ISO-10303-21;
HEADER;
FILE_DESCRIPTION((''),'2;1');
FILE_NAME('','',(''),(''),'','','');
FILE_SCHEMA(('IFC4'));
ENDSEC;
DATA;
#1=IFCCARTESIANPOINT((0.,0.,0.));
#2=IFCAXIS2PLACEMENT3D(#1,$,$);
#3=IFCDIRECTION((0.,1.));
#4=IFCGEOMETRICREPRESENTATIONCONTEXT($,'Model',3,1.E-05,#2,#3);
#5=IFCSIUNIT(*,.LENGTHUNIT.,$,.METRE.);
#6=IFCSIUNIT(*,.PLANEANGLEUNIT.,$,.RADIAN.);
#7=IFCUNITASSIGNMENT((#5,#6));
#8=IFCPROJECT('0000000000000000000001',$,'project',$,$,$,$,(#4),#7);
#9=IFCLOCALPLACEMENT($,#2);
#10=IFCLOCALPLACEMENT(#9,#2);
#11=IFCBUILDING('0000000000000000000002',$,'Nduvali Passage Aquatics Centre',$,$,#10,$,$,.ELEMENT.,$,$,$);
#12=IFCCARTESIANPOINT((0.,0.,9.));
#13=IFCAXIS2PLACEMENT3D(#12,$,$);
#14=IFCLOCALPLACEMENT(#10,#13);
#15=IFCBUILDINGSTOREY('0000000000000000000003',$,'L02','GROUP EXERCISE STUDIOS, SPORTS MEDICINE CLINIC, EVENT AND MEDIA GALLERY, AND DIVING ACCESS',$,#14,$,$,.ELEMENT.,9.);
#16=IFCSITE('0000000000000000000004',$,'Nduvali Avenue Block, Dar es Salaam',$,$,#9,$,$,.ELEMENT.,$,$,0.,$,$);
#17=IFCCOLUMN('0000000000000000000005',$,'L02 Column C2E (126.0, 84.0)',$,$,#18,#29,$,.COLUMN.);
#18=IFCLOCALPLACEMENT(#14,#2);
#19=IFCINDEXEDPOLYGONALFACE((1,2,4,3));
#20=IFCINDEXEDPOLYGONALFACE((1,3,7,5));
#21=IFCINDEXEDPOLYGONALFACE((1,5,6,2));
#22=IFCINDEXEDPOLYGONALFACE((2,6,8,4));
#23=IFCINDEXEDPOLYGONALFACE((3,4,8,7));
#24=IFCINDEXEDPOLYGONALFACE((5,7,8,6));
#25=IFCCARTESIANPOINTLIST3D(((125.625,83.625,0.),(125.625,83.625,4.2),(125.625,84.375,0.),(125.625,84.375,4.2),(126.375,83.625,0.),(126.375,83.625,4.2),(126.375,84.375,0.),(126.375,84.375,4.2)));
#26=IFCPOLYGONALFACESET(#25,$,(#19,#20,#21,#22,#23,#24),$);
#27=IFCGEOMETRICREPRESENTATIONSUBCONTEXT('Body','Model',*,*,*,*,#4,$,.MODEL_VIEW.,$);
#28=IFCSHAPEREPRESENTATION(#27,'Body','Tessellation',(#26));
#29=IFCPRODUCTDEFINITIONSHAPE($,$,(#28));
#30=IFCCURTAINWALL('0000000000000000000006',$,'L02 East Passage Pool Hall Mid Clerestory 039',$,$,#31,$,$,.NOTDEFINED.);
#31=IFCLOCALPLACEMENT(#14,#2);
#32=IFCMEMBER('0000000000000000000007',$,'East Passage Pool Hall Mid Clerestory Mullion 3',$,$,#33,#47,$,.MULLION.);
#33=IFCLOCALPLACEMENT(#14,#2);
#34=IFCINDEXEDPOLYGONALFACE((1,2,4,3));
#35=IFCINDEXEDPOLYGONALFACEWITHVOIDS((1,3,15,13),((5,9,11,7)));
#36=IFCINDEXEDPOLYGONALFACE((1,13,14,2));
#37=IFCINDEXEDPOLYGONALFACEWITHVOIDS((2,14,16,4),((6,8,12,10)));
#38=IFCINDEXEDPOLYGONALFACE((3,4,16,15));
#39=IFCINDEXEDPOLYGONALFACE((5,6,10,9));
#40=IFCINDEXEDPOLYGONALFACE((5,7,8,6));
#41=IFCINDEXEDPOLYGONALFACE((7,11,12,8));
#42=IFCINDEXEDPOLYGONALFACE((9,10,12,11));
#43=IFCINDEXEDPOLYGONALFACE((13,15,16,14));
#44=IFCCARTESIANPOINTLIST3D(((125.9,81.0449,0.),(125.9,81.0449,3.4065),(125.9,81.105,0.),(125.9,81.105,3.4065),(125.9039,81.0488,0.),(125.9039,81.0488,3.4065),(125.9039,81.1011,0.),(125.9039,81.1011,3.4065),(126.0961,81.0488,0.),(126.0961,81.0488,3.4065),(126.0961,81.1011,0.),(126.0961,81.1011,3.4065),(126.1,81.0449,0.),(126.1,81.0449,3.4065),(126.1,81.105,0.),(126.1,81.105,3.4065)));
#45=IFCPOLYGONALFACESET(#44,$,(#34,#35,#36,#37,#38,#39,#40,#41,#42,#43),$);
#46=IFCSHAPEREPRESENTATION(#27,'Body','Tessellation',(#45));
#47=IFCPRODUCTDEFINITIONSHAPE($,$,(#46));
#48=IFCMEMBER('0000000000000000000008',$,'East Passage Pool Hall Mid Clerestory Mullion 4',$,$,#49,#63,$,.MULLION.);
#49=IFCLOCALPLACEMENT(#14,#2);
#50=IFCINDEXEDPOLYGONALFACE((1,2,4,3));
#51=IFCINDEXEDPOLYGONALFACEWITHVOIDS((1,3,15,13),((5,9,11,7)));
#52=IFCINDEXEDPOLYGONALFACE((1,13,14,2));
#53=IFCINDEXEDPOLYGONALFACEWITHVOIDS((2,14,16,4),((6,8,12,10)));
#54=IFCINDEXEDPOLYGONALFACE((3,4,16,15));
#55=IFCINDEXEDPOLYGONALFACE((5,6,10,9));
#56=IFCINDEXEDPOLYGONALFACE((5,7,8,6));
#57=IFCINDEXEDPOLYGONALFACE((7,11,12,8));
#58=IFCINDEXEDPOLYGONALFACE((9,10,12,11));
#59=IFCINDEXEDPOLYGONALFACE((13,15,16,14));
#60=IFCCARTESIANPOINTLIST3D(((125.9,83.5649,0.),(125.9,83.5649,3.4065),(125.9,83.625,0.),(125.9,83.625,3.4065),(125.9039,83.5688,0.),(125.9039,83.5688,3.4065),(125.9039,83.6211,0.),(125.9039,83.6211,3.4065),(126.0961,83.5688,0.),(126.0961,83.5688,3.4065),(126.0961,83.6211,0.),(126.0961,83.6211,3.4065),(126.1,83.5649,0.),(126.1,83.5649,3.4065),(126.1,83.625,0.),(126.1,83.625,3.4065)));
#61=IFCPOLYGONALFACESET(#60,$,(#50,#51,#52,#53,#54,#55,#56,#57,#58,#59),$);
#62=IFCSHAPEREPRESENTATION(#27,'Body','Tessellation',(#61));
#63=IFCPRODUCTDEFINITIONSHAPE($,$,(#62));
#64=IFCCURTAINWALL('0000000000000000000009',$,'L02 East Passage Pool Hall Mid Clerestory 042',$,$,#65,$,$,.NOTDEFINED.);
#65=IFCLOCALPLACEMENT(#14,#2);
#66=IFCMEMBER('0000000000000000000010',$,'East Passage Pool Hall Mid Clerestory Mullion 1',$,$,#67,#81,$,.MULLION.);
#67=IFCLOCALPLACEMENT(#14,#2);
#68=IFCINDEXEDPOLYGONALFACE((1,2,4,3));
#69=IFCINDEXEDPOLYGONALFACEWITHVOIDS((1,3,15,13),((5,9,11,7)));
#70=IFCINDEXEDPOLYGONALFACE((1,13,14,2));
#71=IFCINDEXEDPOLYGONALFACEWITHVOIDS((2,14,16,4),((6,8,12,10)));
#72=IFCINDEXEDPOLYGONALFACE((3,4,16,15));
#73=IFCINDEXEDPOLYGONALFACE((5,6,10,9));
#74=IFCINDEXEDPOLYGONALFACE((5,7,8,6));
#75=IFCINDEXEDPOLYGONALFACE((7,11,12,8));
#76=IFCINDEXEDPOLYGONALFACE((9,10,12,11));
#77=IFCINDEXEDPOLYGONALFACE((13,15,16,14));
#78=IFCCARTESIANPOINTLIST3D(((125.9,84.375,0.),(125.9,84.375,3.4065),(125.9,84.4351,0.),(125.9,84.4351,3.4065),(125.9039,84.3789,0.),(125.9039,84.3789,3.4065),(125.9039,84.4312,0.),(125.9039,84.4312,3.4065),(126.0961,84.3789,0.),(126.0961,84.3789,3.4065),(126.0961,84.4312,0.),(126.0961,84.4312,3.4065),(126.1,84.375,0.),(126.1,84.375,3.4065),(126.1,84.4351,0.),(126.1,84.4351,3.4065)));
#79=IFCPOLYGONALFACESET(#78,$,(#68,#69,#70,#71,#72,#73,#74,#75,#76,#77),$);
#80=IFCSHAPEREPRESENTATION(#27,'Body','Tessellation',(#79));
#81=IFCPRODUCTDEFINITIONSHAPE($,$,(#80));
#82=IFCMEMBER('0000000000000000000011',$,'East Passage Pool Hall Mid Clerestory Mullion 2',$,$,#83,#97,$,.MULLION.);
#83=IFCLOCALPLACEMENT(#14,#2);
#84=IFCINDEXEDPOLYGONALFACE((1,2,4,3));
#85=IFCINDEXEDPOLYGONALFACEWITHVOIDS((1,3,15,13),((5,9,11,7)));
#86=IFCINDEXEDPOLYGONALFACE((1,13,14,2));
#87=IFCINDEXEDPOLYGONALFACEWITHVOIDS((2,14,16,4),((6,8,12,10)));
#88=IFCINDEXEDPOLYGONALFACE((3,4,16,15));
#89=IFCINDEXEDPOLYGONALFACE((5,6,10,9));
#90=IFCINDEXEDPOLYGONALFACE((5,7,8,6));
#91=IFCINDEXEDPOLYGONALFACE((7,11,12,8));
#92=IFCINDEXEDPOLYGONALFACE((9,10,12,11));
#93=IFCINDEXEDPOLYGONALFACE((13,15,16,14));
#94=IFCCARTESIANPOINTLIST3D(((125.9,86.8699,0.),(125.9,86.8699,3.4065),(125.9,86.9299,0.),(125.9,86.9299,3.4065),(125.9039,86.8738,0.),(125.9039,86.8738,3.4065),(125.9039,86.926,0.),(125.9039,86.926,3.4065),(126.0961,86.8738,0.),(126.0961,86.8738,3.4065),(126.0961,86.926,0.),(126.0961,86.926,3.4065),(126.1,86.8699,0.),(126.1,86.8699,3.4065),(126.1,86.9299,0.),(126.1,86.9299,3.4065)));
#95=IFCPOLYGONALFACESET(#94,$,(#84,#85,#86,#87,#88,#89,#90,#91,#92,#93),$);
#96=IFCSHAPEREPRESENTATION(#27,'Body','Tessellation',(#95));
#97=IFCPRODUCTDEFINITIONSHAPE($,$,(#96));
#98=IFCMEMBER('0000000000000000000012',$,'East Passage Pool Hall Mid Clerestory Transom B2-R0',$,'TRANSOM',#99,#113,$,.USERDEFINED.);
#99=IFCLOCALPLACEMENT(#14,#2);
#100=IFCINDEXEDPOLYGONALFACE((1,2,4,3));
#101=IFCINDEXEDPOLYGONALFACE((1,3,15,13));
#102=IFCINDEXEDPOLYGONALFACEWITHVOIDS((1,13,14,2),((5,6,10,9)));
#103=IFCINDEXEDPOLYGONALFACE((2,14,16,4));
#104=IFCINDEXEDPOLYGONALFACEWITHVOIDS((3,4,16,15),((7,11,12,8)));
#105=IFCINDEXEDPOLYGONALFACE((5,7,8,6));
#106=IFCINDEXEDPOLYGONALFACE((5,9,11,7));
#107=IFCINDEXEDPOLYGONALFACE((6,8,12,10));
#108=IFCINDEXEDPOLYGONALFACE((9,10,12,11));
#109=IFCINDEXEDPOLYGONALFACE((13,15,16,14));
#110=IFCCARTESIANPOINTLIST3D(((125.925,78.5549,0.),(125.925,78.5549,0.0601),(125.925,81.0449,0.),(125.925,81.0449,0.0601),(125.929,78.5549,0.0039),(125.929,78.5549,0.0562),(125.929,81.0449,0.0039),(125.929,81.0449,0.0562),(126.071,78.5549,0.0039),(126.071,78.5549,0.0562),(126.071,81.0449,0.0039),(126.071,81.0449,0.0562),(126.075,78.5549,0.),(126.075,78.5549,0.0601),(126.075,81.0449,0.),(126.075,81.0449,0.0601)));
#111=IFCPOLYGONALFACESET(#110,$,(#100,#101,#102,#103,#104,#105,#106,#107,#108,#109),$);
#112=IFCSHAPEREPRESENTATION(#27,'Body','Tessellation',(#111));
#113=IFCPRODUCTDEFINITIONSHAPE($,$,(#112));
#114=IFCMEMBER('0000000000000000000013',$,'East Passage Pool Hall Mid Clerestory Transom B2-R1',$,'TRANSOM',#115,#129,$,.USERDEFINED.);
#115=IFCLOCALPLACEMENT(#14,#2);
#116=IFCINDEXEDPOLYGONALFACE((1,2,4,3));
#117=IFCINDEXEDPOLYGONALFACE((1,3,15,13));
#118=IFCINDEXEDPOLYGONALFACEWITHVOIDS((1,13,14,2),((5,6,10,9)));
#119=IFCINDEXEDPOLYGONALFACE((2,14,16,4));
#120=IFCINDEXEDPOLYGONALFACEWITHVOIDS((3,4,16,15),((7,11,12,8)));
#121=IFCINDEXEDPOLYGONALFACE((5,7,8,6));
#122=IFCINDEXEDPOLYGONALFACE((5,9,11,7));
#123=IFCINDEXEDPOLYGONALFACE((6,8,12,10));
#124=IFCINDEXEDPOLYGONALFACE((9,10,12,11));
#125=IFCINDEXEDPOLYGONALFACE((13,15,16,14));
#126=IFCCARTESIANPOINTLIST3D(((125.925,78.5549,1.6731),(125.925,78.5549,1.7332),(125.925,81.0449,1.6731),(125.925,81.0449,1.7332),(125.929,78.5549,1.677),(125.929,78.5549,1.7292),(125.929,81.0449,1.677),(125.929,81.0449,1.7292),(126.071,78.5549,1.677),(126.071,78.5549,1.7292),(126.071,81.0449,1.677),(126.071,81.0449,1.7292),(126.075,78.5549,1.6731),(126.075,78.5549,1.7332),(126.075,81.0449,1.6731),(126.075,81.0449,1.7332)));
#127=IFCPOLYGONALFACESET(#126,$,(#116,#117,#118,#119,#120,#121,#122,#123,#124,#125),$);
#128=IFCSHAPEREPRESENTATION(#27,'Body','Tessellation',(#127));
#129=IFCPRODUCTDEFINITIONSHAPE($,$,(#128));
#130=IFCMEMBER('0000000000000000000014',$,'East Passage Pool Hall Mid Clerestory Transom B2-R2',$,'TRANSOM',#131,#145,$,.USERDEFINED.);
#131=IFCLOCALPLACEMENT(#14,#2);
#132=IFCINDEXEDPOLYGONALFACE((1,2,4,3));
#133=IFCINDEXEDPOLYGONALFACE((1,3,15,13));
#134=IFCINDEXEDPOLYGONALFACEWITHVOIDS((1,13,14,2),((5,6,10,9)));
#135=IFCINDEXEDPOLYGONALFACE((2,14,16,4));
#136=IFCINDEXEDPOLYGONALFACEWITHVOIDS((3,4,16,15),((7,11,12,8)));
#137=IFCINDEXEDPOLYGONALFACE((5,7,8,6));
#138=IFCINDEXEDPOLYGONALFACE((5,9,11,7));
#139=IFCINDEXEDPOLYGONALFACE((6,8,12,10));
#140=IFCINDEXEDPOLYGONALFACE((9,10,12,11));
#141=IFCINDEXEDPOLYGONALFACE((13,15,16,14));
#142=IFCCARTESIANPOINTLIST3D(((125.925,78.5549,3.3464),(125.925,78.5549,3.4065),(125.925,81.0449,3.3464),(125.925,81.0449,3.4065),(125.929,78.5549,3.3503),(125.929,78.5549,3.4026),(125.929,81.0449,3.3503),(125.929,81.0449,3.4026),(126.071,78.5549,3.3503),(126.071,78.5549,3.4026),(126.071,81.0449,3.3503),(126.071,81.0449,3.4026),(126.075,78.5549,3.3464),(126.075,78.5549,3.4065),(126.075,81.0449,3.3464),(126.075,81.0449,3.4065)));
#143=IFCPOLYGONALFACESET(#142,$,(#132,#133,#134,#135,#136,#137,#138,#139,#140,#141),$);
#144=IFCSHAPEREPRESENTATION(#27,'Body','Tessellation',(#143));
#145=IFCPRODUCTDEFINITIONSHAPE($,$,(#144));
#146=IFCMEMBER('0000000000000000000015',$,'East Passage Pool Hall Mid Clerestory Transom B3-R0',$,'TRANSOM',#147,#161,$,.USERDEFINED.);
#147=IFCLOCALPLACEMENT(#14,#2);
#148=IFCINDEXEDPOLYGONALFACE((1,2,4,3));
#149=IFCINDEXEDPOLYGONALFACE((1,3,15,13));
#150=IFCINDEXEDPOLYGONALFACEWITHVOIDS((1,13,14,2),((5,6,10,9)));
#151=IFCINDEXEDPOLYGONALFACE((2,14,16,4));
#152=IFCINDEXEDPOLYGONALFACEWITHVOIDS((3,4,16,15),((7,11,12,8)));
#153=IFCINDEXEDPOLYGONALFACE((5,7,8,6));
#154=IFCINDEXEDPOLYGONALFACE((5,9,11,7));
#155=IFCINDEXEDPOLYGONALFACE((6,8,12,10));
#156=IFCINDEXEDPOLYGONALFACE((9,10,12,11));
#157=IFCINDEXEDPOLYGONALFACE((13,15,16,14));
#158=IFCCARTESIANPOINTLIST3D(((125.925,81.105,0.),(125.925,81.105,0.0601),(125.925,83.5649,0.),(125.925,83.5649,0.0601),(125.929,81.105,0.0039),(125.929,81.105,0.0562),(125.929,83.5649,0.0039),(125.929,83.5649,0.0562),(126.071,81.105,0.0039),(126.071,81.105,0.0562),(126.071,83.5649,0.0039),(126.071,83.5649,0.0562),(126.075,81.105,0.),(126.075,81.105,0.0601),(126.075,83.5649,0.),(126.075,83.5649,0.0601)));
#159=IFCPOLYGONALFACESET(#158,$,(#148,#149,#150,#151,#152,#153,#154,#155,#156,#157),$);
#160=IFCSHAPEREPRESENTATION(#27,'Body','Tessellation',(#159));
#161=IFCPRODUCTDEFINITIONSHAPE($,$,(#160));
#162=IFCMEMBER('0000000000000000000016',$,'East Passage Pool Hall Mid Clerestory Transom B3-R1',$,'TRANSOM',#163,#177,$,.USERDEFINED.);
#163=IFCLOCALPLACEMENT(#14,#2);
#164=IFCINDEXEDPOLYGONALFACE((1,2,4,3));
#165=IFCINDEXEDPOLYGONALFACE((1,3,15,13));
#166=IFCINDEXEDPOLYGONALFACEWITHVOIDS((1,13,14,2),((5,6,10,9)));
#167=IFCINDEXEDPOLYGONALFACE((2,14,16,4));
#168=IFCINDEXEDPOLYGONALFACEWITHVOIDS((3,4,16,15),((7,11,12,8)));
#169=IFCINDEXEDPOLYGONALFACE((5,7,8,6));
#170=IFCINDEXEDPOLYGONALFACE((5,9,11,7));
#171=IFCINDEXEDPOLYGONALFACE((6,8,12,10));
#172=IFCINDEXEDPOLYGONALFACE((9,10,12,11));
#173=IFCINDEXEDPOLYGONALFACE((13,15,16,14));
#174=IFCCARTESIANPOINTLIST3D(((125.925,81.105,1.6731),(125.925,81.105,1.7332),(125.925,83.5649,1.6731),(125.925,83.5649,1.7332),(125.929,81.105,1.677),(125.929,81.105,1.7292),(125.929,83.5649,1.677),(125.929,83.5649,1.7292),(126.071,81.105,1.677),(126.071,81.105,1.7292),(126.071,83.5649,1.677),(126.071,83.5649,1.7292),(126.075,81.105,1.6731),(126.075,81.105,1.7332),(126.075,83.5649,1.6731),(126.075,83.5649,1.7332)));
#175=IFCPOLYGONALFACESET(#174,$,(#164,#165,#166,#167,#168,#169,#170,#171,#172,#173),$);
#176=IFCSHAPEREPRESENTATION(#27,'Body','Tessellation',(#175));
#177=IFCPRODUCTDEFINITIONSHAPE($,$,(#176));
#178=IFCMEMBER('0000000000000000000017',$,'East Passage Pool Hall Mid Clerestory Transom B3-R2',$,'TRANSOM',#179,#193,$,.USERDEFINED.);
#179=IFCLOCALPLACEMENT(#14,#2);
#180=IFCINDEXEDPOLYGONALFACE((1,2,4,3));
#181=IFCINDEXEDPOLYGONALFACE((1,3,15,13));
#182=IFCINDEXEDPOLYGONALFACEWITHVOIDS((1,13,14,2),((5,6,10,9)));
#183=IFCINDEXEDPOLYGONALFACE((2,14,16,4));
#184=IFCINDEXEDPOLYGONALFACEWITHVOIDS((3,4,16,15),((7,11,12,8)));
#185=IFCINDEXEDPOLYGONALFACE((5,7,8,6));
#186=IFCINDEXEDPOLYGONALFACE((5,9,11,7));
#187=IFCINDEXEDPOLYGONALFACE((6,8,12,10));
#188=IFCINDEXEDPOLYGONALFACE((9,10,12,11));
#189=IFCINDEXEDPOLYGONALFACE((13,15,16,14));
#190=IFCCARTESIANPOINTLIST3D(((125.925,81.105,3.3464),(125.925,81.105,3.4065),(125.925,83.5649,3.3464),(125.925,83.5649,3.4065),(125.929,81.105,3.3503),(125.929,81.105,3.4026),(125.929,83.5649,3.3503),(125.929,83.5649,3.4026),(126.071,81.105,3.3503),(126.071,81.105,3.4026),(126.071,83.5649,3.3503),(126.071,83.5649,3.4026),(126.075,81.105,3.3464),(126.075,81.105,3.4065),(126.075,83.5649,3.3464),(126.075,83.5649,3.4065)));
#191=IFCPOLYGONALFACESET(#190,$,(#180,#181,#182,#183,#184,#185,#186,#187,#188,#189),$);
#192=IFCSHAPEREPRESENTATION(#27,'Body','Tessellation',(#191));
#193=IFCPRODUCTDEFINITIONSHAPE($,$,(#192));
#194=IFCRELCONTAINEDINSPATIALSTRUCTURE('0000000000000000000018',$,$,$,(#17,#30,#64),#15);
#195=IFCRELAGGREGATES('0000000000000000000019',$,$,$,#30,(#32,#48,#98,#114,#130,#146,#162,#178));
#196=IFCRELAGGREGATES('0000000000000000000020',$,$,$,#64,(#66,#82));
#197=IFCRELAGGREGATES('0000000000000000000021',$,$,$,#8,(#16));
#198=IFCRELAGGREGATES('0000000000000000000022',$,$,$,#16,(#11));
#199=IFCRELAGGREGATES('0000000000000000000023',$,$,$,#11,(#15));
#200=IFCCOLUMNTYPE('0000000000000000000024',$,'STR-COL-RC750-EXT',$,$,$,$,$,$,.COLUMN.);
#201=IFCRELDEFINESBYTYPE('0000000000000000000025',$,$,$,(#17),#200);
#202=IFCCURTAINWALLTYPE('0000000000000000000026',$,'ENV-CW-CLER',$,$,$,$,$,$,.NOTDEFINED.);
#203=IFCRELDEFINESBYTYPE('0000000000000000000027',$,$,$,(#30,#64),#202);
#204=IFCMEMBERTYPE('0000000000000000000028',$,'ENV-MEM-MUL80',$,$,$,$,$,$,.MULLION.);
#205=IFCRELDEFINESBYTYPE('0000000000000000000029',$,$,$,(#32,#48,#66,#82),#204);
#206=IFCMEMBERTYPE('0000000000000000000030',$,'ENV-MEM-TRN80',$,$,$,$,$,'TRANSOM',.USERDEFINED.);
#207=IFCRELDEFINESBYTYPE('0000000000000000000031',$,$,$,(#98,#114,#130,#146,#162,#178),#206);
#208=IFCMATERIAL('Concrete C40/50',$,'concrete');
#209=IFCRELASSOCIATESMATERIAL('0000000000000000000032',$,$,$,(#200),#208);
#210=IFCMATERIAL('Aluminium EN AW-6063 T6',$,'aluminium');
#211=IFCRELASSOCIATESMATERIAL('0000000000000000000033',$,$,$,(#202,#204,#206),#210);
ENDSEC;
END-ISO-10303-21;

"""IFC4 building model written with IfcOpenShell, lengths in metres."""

from ifc_helpers import new_model, si_unit, direction, frame, origin, origin_2d, place, context, subcontext, project, spatial, rectangle, hollow_rectangle, extrude, material, material_profile, profile_set, type_object, element, aggregate, save


model = new_model("IFC4")

# Units and contexts
model_context = context("Model", 3, precision=1e-05, world=origin(), true_north=direction((0.0, 1.0)))
body_context = subcontext(model_context, "Body", "Model", "MODEL_VIEW")
ifc_project = project(units=[si_unit("LENGTHUNIT", "METRE"), si_unit("PLANEANGLEUNIT", "RADIAN")], contexts=[model_context])

# Site, building, storey
site_placement = place(None, origin())
site = spatial("IfcSite", under=ifc_project, at=site_placement, Name="Nduvali Avenue Block, Dar es Salaam", CompositionType="ELEMENT", RefElevation=0.0)
building_placement = place(site_placement, origin())
building = spatial("IfcBuilding", under=site, at=building_placement, Name="Nduvali Passage Aquatics Centre", CompositionType="ELEMENT")
storey_placement = place(building_placement, frame((0.0, 0.0, 9.0)))
storey = spatial("IfcBuildingStorey", under=building, at=storey_placement, Name="L02", Description="GROUP EXERCISE STUDIOS, SPORTS MEDICINE CLINIC, EVENT AND MEDIA GALLERY, AND DIVING ACCESS", CompositionType="ELEMENT", Elevation=9.0)

# Column
ifc_material_1 = material(Name="Concrete C40/50", Category="concrete")
ifc_material_profile_1 = material_profile(ifc_material_1, rectangle(XDim=0.75, YDim=0.75, at=origin_2d()), Name="RC 750x750")
ifc_profile_set_1 = profile_set([ifc_material_profile_1], Name="Concrete C40/50")
column_type = type_object("IfcColumnType", Name="STR-COL-RC750-EXT", PredefinedType="COLUMN", material=ifc_profile_set_1)
column_placement = place(storey_placement, frame((126.0, 84.0, 0.0), z_axis=(0.0, 0.0, 1.0), x_axis=(1.0, 0.0, 0.0)))
element("IfcColumn", 1, at=column_placement, inside=storey, type_object=column_type, Name="L02 Column C2E (126.0, 84.0)", PredefinedType="COLUMN", context=body_context, shape_type="SweptSolid", body=[
    extrude(rectangle(XDim=0.75, YDim=0.75, at=origin_2d()), origin(), (0.0, 0.0, 1.0), 4.2),
])

# Curtain walls, members
ifc_material_2 = material(Name="Aluminium EN AW-6063 T6", Category="aluminium")
curtain_wall_type = type_object("IfcCurtainWallType", Name="ENV-CW-CLER", PredefinedType="NOTDEFINED", material=ifc_material_2)
curtain_wall_1_placement = place(storey_placement, origin())
curtain_wall_1 = element("IfcCurtainWall", 2, at=curtain_wall_1_placement, inside=storey, type_object=curtain_wall_type, Name="L02 East Passage Pool Hall Mid Clerestory 039", PredefinedType="NOTDEFINED")
ifc_material_profile_2 = material_profile(ifc_material_2, hollow_rectangle(XDim=0.0601, YDim=0.2, WallThickness=0.0039, at=origin_2d()), Name="ALU MULLION 60x200x4")
ifc_profile_set_2 = profile_set([ifc_material_profile_2], Name="Aluminium EN AW-6063 T6")
member_type_1 = type_object("IfcMemberType", Name="ENV-MEM-MUL80", PredefinedType="MULLION", material=ifc_profile_set_2)
member_1_placement = place(storey_placement, frame((126.0, 81.075, 0.0), z_axis=(0.0, 0.0, 1.0), x_axis=(0.0, 1.0, 0.0)))
member_1 = element("IfcMember", 3, at=member_1_placement, type_object=member_type_1, Name="East Passage Pool Hall Mid Clerestory Mullion 3", PredefinedType="MULLION", context=body_context, shape_type="SweptSolid", body=[
    extrude(hollow_rectangle(XDim=0.0601, YDim=0.2, WallThickness=0.0039, at=origin_2d()), origin(), (0.0, 0.0, 1.0), 3.4065),
])
member_2_placement = place(storey_placement, frame((126.0, 83.595, 0.0), z_axis=(0.0, 0.0, 1.0), x_axis=(0.0, 1.0, 0.0)))
member_2 = element("IfcMember", 4, at=member_2_placement, type_object=member_type_1, Name="East Passage Pool Hall Mid Clerestory Mullion 4", PredefinedType="MULLION", context=body_context, shape_type="SweptSolid", body=[
    extrude(hollow_rectangle(XDim=0.0601, YDim=0.2, WallThickness=0.0039, at=origin_2d()), origin(), (0.0, 0.0, 1.0), 3.4065),
])
curtain_wall_2_placement = place(storey_placement, origin())
curtain_wall_2 = element("IfcCurtainWall", 5, at=curtain_wall_2_placement, inside=storey, type_object=curtain_wall_type, Name="L02 East Passage Pool Hall Mid Clerestory 042", PredefinedType="NOTDEFINED")
member_3_placement = place(storey_placement, frame((126.0, 84.405, 0.0), z_axis=(0.0, 0.0, 1.0), x_axis=(0.0, 1.0, 0.0)))
member_3 = element("IfcMember", 6, at=member_3_placement, type_object=member_type_1, Name="East Passage Pool Hall Mid Clerestory Mullion 1", PredefinedType="MULLION", context=body_context, shape_type="SweptSolid", body=[
    extrude(hollow_rectangle(XDim=0.0601, YDim=0.2, WallThickness=0.0039, at=origin_2d()), origin(), (0.0, 0.0, 1.0), 3.4065),
])
member_4_placement = place(storey_placement, frame((126.0, 86.8999, 0.0), z_axis=(0.0, 0.0, 1.0), x_axis=(0.0, 1.0, 0.0)))
member_4 = element("IfcMember", 7, at=member_4_placement, type_object=member_type_1, Name="East Passage Pool Hall Mid Clerestory Mullion 2", PredefinedType="MULLION", context=body_context, shape_type="SweptSolid", body=[
    extrude(hollow_rectangle(XDim=0.0601, YDim=0.2, WallThickness=0.0039, at=origin_2d()), origin(), (0.0, 0.0, 1.0), 3.4065),
])

# Members
ifc_material_profile_3 = material_profile(ifc_material_2, hollow_rectangle(XDim=0.1499, YDim=0.0601, WallThickness=0.0039, at=origin_2d()), Name="ALU TRANSOM 150x60x4")
ifc_profile_set_3 = profile_set([ifc_material_profile_3], Name="Aluminium EN AW-6063 T6")
member_type_2 = type_object("IfcMemberType", Name="ENV-MEM-TRN80", ElementType="TRANSOM", PredefinedType="USERDEFINED", material=ifc_profile_set_3)
member_5_placement = place(storey_placement, frame((126.0, 78.5549, 0.03), z_axis=(0.0, 1.0, 0.0), x_axis=(-1.0, 0.0, 0.0)))
member_5 = element("IfcMember", 8, at=member_5_placement, type_object=member_type_2, Name="East Passage Pool Hall Mid Clerestory Transom B2-R0", ObjectType="TRANSOM", PredefinedType="USERDEFINED", context=body_context, shape_type="SweptSolid", body=[
    extrude(hollow_rectangle(XDim=0.1499, YDim=0.0601, WallThickness=0.0039, at=origin_2d()), origin(), (0.0, 0.0, 1.0), 2.49),
])
member_6_placement = place(storey_placement, frame((126.0, 78.5549, 1.7031), z_axis=(0.0, 1.0, 0.0), x_axis=(-1.0, 0.0, 0.0)))
member_6 = element("IfcMember", 9, at=member_6_placement, type_object=member_type_2, Name="East Passage Pool Hall Mid Clerestory Transom B2-R1", ObjectType="TRANSOM", PredefinedType="USERDEFINED", context=body_context, shape_type="SweptSolid", body=[
    extrude(hollow_rectangle(XDim=0.1499, YDim=0.0601, WallThickness=0.0039, at=origin_2d()), origin(), (0.0, 0.0, 1.0), 2.49),
])
member_7_placement = place(storey_placement, frame((126.0, 78.5549, 3.3765), z_axis=(0.0, 1.0, 0.0), x_axis=(-1.0, 0.0, 0.0)))
member_7 = element("IfcMember", 10, at=member_7_placement, type_object=member_type_2, Name="East Passage Pool Hall Mid Clerestory Transom B2-R2", ObjectType="TRANSOM", PredefinedType="USERDEFINED", context=body_context, shape_type="SweptSolid", body=[
    extrude(hollow_rectangle(XDim=0.1499, YDim=0.0601, WallThickness=0.0039, at=origin_2d()), origin(), (0.0, 0.0, 1.0), 2.49),
])
member_8_placement = place(storey_placement, frame((126.0, 81.105, 0.03), z_axis=(0.0, 1.0, 0.0), x_axis=(-1.0, 0.0, 0.0)))
member_8 = element("IfcMember", 11, at=member_8_placement, type_object=member_type_2, Name="East Passage Pool Hall Mid Clerestory Transom B3-R0", ObjectType="TRANSOM", PredefinedType="USERDEFINED", context=body_context, shape_type="SweptSolid", body=[
    extrude(hollow_rectangle(XDim=0.1499, YDim=0.0601, WallThickness=0.0039, at=origin_2d()), origin(), (0.0, 0.0, 1.0), 2.46),
])
member_9_placement = place(storey_placement, frame((126.0, 81.105, 1.7031), z_axis=(0.0, 1.0, 0.0), x_axis=(-1.0, 0.0, 0.0)))
member_9 = element("IfcMember", 12, at=member_9_placement, type_object=member_type_2, Name="East Passage Pool Hall Mid Clerestory Transom B3-R1", ObjectType="TRANSOM", PredefinedType="USERDEFINED", context=body_context, shape_type="SweptSolid", body=[
    extrude(hollow_rectangle(XDim=0.1499, YDim=0.0601, WallThickness=0.0039, at=origin_2d()), origin(), (0.0, 0.0, 1.0), 2.46),
])
member_10_placement = place(storey_placement, frame((126.0, 81.105, 3.3765), z_axis=(0.0, 1.0, 0.0), x_axis=(-1.0, 0.0, 0.0)))
member_10 = element("IfcMember", 13, at=member_10_placement, type_object=member_type_2, Name="East Passage Pool Hall Mid Clerestory Transom B3-R2", ObjectType="TRANSOM", PredefinedType="USERDEFINED", context=body_context, shape_type="SweptSolid", body=[
    extrude(hollow_rectangle(XDim=0.1499, YDim=0.0601, WallThickness=0.0039, at=origin_2d()), origin(), (0.0, 0.0, 1.0), 2.46),
])

aggregate(curtain_wall_1, [member_1, member_2, member_5, member_6, member_7, member_8, member_9, member_10])
aggregate(curtain_wall_2, [member_3, member_4])

save(model, "model.ifc")
